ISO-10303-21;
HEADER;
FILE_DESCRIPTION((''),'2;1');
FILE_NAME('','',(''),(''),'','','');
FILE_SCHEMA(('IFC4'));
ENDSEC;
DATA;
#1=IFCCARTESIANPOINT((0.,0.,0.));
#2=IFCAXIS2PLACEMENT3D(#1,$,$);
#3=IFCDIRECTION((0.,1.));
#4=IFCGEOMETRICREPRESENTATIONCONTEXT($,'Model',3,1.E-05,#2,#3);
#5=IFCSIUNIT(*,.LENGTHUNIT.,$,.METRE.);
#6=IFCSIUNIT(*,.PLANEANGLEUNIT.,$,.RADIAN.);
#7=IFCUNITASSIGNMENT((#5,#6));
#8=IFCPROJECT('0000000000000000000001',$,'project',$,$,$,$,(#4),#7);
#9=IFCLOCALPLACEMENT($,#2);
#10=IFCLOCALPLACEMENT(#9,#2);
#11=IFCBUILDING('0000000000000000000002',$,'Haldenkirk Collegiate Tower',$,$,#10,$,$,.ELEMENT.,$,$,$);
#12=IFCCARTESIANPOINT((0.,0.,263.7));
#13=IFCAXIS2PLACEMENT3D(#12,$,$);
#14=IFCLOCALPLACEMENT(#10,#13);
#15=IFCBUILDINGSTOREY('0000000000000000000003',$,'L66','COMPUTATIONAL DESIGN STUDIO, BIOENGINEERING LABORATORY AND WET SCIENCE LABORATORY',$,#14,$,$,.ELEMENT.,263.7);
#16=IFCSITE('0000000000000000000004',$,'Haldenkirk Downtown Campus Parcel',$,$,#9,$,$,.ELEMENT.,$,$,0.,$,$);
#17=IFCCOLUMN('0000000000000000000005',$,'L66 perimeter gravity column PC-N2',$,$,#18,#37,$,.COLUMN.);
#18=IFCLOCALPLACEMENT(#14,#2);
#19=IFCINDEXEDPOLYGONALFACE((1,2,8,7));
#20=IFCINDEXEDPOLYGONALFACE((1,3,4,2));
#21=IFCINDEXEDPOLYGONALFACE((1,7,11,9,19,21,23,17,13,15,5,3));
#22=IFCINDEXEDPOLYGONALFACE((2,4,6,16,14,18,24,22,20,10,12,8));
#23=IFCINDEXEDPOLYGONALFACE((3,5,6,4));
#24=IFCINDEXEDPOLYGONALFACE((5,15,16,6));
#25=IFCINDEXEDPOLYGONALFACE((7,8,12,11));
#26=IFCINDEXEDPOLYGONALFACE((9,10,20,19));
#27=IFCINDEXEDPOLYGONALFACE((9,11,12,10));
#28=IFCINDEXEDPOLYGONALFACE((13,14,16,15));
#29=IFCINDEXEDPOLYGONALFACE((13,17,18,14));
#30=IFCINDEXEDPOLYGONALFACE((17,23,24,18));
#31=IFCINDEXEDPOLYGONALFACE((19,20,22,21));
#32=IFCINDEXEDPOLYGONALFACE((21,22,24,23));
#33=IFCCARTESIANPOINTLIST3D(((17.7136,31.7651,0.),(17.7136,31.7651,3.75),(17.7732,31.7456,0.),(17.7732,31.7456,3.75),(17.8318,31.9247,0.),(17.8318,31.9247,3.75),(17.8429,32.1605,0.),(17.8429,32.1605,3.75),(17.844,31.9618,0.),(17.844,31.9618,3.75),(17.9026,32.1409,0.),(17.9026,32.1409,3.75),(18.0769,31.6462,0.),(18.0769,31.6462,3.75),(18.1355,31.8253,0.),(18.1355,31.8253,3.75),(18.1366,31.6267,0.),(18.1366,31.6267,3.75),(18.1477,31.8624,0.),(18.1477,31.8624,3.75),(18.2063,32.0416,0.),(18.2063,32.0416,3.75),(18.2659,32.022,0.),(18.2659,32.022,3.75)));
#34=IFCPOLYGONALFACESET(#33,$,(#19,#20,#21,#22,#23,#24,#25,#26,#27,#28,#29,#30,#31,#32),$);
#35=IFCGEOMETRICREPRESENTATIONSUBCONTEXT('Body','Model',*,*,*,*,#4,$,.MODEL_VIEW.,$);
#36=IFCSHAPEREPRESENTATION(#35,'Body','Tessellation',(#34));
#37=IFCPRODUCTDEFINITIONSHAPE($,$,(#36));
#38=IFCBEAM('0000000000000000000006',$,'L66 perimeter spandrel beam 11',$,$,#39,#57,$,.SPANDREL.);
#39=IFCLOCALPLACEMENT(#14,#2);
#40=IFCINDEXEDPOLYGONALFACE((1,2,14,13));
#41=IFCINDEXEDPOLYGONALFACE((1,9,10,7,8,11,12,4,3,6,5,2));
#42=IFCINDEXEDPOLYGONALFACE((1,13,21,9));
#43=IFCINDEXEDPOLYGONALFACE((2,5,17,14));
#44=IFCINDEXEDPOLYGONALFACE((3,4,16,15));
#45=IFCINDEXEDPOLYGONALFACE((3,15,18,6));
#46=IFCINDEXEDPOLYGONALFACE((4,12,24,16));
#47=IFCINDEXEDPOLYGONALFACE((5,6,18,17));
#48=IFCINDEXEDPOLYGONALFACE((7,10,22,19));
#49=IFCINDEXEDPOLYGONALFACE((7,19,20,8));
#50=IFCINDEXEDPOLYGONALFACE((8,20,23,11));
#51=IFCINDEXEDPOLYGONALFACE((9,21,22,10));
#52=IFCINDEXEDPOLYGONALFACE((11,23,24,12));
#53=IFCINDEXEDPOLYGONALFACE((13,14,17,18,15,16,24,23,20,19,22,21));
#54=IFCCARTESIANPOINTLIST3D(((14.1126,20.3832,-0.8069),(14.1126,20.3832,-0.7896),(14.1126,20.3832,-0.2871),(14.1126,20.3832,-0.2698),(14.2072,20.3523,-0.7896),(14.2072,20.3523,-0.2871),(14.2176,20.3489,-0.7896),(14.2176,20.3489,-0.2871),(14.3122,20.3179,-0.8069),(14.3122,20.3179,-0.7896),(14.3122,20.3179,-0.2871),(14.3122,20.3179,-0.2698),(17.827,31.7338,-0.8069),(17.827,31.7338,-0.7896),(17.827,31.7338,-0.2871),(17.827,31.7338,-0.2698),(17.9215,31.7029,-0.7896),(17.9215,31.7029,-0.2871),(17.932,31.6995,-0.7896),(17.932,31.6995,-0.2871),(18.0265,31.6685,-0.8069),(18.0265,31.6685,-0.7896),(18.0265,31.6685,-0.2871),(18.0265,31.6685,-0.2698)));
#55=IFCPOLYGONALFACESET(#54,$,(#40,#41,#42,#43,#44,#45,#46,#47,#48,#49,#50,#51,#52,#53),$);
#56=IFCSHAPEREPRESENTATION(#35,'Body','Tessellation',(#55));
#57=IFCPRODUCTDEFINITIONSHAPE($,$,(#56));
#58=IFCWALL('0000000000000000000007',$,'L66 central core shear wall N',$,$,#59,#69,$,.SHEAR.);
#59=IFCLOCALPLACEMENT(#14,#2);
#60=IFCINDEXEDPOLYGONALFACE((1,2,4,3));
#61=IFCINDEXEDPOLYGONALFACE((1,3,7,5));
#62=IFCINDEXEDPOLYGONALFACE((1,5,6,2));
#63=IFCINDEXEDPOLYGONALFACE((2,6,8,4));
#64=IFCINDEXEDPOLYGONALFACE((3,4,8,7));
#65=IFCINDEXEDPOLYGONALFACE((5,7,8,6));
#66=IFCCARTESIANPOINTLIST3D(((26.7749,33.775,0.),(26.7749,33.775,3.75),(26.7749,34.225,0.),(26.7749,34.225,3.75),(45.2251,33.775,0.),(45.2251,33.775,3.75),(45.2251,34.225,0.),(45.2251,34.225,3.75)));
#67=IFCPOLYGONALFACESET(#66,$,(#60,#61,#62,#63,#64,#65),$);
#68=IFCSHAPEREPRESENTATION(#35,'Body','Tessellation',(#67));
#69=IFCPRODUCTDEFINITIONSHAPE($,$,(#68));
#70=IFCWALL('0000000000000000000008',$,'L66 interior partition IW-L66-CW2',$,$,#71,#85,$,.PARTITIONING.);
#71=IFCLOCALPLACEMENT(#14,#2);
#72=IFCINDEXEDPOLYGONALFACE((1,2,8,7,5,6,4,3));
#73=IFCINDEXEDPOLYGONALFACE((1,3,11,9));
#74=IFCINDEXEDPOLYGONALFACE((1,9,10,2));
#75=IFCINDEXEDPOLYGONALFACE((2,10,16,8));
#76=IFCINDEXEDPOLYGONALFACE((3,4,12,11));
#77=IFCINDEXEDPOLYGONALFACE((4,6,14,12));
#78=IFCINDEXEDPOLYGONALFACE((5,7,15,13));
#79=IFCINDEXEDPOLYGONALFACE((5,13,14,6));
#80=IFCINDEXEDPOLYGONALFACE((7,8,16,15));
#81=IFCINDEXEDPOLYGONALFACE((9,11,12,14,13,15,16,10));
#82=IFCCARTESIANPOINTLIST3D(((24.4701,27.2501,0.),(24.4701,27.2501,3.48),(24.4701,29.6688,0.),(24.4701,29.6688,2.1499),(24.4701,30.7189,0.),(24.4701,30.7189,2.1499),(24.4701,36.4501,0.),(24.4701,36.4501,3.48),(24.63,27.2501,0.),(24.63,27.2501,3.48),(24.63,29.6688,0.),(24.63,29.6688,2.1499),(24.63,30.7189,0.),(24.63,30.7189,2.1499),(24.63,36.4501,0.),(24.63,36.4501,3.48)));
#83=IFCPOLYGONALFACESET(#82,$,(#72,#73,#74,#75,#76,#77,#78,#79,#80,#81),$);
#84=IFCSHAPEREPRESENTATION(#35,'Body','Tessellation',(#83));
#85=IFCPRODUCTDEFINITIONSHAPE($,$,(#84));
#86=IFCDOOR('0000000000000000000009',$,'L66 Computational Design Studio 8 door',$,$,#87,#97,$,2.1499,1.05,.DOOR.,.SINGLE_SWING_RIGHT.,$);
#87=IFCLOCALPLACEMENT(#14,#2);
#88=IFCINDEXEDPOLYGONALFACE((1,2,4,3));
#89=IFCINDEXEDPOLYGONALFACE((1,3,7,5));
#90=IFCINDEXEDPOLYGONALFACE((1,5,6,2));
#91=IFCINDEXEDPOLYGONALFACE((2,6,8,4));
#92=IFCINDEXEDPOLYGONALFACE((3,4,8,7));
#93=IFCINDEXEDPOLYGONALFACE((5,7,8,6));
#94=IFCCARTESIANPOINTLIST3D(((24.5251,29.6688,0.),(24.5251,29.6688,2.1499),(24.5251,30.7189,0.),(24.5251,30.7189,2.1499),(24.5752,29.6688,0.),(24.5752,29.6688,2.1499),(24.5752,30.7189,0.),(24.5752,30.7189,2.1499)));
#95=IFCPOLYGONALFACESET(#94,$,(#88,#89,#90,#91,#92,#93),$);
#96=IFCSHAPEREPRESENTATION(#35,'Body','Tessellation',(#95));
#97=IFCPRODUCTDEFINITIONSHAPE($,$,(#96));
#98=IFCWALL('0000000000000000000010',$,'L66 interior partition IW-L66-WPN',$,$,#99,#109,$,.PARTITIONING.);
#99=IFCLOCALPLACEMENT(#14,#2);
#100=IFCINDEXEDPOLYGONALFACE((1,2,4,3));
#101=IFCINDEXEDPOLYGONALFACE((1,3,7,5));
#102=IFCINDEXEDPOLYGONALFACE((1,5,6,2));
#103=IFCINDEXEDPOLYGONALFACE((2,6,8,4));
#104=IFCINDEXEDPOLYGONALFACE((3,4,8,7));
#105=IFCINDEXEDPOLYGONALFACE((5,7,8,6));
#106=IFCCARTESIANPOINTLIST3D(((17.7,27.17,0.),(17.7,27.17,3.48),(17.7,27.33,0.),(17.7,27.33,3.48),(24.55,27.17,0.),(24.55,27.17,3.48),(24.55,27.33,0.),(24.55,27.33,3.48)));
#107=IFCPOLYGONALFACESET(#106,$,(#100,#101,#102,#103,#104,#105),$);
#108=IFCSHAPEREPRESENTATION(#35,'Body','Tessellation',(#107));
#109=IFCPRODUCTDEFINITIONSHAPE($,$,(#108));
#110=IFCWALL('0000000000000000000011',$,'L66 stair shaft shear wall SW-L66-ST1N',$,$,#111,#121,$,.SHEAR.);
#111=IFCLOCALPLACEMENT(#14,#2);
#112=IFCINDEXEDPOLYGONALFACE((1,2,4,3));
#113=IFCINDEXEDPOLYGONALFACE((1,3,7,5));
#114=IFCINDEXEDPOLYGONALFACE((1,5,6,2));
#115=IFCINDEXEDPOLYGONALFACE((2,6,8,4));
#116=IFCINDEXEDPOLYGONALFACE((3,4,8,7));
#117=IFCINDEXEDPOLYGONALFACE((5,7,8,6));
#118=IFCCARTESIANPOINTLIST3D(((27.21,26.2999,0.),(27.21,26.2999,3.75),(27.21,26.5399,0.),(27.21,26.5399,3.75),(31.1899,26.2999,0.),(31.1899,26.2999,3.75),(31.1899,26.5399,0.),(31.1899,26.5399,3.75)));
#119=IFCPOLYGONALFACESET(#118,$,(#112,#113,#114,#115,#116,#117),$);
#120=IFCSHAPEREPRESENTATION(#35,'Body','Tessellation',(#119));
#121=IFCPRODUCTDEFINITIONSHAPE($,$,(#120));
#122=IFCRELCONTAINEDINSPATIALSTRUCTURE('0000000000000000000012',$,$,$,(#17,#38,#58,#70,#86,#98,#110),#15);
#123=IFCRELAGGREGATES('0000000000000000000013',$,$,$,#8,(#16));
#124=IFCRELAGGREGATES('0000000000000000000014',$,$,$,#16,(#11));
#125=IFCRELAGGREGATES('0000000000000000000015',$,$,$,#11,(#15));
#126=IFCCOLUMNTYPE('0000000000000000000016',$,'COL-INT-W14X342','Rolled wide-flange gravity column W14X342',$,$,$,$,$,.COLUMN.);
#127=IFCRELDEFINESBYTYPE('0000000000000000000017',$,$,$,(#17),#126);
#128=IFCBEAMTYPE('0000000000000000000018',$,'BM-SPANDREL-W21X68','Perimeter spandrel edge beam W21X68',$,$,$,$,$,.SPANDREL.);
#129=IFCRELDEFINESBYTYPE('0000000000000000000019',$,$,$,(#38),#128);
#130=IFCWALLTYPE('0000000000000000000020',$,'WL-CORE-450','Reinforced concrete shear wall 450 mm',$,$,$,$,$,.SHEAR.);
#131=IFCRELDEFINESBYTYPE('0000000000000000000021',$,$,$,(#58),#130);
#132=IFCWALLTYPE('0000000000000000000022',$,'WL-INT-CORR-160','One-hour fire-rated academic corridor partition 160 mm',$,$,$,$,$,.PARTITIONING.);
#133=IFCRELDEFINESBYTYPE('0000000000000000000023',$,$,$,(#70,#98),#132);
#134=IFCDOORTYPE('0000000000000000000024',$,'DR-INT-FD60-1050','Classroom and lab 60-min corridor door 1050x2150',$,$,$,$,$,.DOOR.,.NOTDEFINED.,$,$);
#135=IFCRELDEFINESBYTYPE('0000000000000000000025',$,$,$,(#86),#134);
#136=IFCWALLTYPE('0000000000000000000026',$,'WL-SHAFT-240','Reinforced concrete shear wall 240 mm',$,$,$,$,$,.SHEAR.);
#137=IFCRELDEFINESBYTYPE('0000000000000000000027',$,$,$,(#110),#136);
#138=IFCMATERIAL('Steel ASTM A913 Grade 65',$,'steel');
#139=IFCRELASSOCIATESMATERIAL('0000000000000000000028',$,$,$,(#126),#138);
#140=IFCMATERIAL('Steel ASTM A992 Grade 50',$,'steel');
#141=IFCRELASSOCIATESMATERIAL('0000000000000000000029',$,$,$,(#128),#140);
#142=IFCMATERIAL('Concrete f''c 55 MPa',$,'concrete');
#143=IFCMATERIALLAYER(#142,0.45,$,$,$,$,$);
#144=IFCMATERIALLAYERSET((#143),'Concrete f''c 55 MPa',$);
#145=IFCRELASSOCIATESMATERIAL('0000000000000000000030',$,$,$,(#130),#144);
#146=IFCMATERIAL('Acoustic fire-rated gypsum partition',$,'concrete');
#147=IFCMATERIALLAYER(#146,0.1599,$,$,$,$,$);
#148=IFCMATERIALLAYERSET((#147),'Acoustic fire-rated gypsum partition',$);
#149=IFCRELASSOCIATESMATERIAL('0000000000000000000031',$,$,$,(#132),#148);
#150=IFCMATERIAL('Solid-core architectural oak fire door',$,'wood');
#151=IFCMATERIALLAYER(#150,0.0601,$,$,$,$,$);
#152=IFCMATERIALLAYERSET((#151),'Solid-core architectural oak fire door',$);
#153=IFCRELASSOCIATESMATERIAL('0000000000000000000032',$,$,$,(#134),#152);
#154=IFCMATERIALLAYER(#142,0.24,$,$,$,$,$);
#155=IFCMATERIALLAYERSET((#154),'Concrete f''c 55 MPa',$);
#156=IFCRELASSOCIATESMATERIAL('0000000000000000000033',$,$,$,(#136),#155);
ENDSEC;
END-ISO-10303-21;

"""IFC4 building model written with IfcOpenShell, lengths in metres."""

from ifc_helpers import new_model, si_unit, direction, frame, frame_2d, origin, origin_2d, place, context, subcontext, project, spatial, rectangle, i_section, extrude, material, layer, layer_set, material_profile, profile_set, type_object, element, fill, save


model = new_model("IFC4")

# Units and contexts
model_context = context("Model", 3, precision=1e-05, world=origin(), true_north=direction((0.0, 1.0)))
body_context = subcontext(model_context, "Body", "Model", "MODEL_VIEW")
ifc_project = project(units=[si_unit("LENGTHUNIT", "METRE"), si_unit("PLANEANGLEUNIT", "RADIAN")], contexts=[model_context])

# Site, building, storey
site_placement = place(None, origin())
site = spatial("IfcSite", under=ifc_project, at=site_placement, Name="Haldenkirk Downtown Campus Parcel", CompositionType="ELEMENT", RefElevation=0.0)
building_placement = place(site_placement, origin())
building = spatial("IfcBuilding", under=site, at=building_placement, Name="Haldenkirk Collegiate Tower", CompositionType="ELEMENT")
storey_placement = place(building_placement, frame((0.0, 0.0, 263.7)))
storey = spatial("IfcBuildingStorey", under=building, at=storey_placement, Name="L66", Description="COMPUTATIONAL DESIGN STUDIO, BIOENGINEERING LABORATORY AND WET SCIENCE LABORATORY", CompositionType="ELEMENT", Elevation=263.7)

# Column
ifc_material_1 = material(Name="Steel ASTM A913 Grade 65", Category="steel")
ifc_material_profile_1 = material_profile(ifc_material_1, i_section(OverallWidth=0.416, OverallDepth=0.4451, WebThickness=0.0391, FlangeThickness=0.0627, at=origin_2d()), Name="W14X342")
ifc_profile_set_1 = profile_set([ifc_material_profile_1], Name="Steel ASTM A913 Grade 65")
column_type = type_object("IfcColumnType", Name="COL-INT-W14X342", Description="Rolled wide-flange gravity column W14X342", PredefinedType="COLUMN", material=ifc_profile_set_1)
column_placement = place(storey_placement, frame((17.9897, 31.8936, 0.0), z_axis=(0.0, 0.0, 1.0), x_axis=(0.311008, 0.950407, 0.0)))
element("IfcColumn", 1, at=column_placement, inside=storey, type_object=column_type, Name="L66 perimeter gravity column PC-N2", PredefinedType="COLUMN", context=body_context, shape_type="SweptSolid", body=[
    extrude(i_section(OverallWidth=0.416, OverallDepth=0.4451, WebThickness=0.0391, FlangeThickness=0.0627, at=origin_2d()), origin(), (0.0, 0.0, 1.0), 3.75),
])

# Beam
ifc_material_2 = material(Name="Steel ASTM A992 Grade 50", Category="steel")
ifc_material_profile_2 = material_profile(ifc_material_2, i_section(OverallWidth=0.21, OverallDepth=0.5371, WebThickness=0.011, FlangeThickness=0.0173, at=origin_2d()), Name="W21X68")
ifc_profile_set_2 = profile_set([ifc_material_profile_2], Name="Steel ASTM A992 Grade 50")
beam_type = type_object("IfcBeamType", Name="BM-SPANDREL-W21X68", Description="Perimeter spandrel edge beam W21X68", PredefinedType="SPANDREL", material=ifc_profile_set_2)
beam_placement = place(storey_placement, frame((17.9268, 31.7012, -0.5383), z_axis=(-0.31101, -0.950407, 0.0), x_axis=(0.950407, -0.31101, 0.0)))
element("IfcBeam", 2, at=beam_placement, inside=storey, type_object=beam_type, Name="L66 perimeter spandrel beam 11", PredefinedType="SPANDREL", context=body_context, shape_type="SweptSolid", body=[
    extrude(i_section(OverallWidth=0.21, OverallDepth=0.5371, WebThickness=0.011, FlangeThickness=0.0173, at=origin_2d()), origin(), (0.0, 0.0, 1.0), 11.9429),
])

# Wall
ifc_material_3 = material(Name="Concrete f'c 55 MPa", Category="concrete")
ifc_layer_1 = layer(ifc_material_3, 0.45)
ifc_layer_set_1 = layer_set([ifc_layer_1], Name="Concrete f'c 55 MPa")
wall_type_1 = type_object("IfcWallType", Name="WL-CORE-450", Description="Reinforced concrete shear wall 450 mm", PredefinedType="SHEAR", material=ifc_layer_set_1)
wall_1_placement = place(storey_placement, frame((26.7749, 34.0, 0.0), z_axis=(0.0, 0.0, 1.0), x_axis=(1.0, 0.0, 0.0)))
element("IfcWall", 3, at=wall_1_placement, inside=storey, type_object=wall_type_1, Name="L66 central core shear wall N", PredefinedType="SHEAR", context=body_context, shape_type="SweptSolid", body=[
    extrude(rectangle(XDim=18.4502, YDim=0.45, at=frame_2d((9.2251, 0.0))), origin(), (0.0, 0.0, 1.0), 3.75),
])

# Shared definitions
ifc_material_4 = material(Name="Acoustic fire-rated gypsum partition", Category="concrete")
ifc_layer_2 = layer(ifc_material_4, 0.1599)
ifc_layer_set_2 = layer_set([ifc_layer_2], Name="Acoustic fire-rated gypsum partition")
wall_type_2 = type_object("IfcWallType", Name="WL-INT-CORR-160", Description="One-hour fire-rated academic corridor partition 160 mm", PredefinedType="PARTITIONING", material=ifc_layer_set_2)
ifc_material_5 = material(Name="Solid-core architectural oak fire door", Category="wood")

# Wall, opening, door
wall_2_placement = place(storey_placement, frame((24.55, 27.25, 0.0), z_axis=(0.0, 0.0, 1.0), x_axis=(0.0, 1.0, 0.0)))
wall_2 = element("IfcWall", 4, at=wall_2_placement, inside=storey, type_object=wall_type_2, Name="L66 interior partition IW-L66-CW2", PredefinedType="PARTITIONING", context=body_context, shape_type="SweptSolid", body=[
    extrude(rectangle(XDim=9.2, YDim=0.1599, at=frame_2d((4.6001, 0.0))), origin(), (0.0, 0.0, 1.0), 3.48),
])
opening_1_placement = place(wall_2_placement, frame((2.4189, 0.0, 0.0)))
opening_1 = element("IfcOpeningElement", 5, at=opening_1_placement, cuts=wall_2, PredefinedType="OPENING", context=body_context, shape_type="SweptSolid", body=[
    extrude(rectangle(XDim=1.05, YDim=2.1499, at=frame_2d((0.5249, 1.075))), frame((0.0, 0.0898, 0.0), z_axis=(0.0, -1.0, 0.0), x_axis=(1.0, 0.0, 0.0)), (0.0, 0.0, 1.0), 0.1799),
])
ifc_layer_3 = layer(ifc_material_5, 0.0601)
ifc_layer_set_3 = layer_set([ifc_layer_3], Name="Solid-core architectural oak fire door")
door_type_1 = type_object("IfcDoorType", Name="DR-INT-FD60-1050", Description="Classroom and lab 60-min corridor door 1050x2150", OperationType="NOTDEFINED", PredefinedType="DOOR", material=ifc_layer_set_3)
door_1_placement = place(opening_1_placement, origin())
door_1 = element("IfcDoor", 6, at=door_1_placement, inside=storey, type_object=door_type_1, Name="L66 Computational Design Studio 8 door", OperationType="SINGLE_SWING_RIGHT", OverallHeight=2.1499, OverallWidth=1.05, PredefinedType="DOOR", context=body_context, shape_type="SweptSolid", body=[
    extrude(rectangle(XDim=1.05, YDim=2.1499, at=frame_2d((0.5249, 1.075))), frame((0.0, 0.0249, 0.0), z_axis=(0.0, -1.0, 0.0), x_axis=(1.0, 0.0, 0.0)), (0.0, 0.0, 1.0), 0.05),
])
fill(opening_1, door_1)

# Walls
wall_3_placement = place(storey_placement, frame((17.7, 27.25, 0.0), z_axis=(0.0, 0.0, 1.0), x_axis=(1.0, 0.0, 0.0)))
element("IfcWall", 7, at=wall_3_placement, inside=storey, type_object=wall_type_2, Name="L66 interior partition IW-L66-WPN", PredefinedType="PARTITIONING", context=body_context, shape_type="SweptSolid", body=[
    extrude(rectangle(XDim=6.8501, YDim=0.1599, at=frame_2d((3.425, 0.0))), origin(), (0.0, 0.0, 1.0), 3.48),
])
ifc_layer_4 = layer(ifc_material_3, 0.24)
ifc_layer_set_4 = layer_set([ifc_layer_4], Name="Concrete f'c 55 MPa")
wall_type_3 = type_object("IfcWallType", Name="WL-SHAFT-240", Description="Reinforced concrete shear wall 240 mm", PredefinedType="SHEAR", material=ifc_layer_set_4)
wall_4_placement = place(storey_placement, frame((27.21, 26.4199, 0.0), z_axis=(0.0, 0.0, 1.0), x_axis=(1.0, 0.0, 0.0)))
element("IfcWall", 8, at=wall_4_placement, inside=storey, type_object=wall_type_3, Name="L66 stair shaft shear wall SW-L66-ST1N", PredefinedType="SHEAR", context=body_context, shape_type="SweptSolid", body=[
    extrude(rectangle(XDim=3.98, YDim=0.24, at=frame_2d((1.99, 0.0))), origin(), (0.0, 0.0, 1.0), 3.75),
])

save(model, "model.ifc")
